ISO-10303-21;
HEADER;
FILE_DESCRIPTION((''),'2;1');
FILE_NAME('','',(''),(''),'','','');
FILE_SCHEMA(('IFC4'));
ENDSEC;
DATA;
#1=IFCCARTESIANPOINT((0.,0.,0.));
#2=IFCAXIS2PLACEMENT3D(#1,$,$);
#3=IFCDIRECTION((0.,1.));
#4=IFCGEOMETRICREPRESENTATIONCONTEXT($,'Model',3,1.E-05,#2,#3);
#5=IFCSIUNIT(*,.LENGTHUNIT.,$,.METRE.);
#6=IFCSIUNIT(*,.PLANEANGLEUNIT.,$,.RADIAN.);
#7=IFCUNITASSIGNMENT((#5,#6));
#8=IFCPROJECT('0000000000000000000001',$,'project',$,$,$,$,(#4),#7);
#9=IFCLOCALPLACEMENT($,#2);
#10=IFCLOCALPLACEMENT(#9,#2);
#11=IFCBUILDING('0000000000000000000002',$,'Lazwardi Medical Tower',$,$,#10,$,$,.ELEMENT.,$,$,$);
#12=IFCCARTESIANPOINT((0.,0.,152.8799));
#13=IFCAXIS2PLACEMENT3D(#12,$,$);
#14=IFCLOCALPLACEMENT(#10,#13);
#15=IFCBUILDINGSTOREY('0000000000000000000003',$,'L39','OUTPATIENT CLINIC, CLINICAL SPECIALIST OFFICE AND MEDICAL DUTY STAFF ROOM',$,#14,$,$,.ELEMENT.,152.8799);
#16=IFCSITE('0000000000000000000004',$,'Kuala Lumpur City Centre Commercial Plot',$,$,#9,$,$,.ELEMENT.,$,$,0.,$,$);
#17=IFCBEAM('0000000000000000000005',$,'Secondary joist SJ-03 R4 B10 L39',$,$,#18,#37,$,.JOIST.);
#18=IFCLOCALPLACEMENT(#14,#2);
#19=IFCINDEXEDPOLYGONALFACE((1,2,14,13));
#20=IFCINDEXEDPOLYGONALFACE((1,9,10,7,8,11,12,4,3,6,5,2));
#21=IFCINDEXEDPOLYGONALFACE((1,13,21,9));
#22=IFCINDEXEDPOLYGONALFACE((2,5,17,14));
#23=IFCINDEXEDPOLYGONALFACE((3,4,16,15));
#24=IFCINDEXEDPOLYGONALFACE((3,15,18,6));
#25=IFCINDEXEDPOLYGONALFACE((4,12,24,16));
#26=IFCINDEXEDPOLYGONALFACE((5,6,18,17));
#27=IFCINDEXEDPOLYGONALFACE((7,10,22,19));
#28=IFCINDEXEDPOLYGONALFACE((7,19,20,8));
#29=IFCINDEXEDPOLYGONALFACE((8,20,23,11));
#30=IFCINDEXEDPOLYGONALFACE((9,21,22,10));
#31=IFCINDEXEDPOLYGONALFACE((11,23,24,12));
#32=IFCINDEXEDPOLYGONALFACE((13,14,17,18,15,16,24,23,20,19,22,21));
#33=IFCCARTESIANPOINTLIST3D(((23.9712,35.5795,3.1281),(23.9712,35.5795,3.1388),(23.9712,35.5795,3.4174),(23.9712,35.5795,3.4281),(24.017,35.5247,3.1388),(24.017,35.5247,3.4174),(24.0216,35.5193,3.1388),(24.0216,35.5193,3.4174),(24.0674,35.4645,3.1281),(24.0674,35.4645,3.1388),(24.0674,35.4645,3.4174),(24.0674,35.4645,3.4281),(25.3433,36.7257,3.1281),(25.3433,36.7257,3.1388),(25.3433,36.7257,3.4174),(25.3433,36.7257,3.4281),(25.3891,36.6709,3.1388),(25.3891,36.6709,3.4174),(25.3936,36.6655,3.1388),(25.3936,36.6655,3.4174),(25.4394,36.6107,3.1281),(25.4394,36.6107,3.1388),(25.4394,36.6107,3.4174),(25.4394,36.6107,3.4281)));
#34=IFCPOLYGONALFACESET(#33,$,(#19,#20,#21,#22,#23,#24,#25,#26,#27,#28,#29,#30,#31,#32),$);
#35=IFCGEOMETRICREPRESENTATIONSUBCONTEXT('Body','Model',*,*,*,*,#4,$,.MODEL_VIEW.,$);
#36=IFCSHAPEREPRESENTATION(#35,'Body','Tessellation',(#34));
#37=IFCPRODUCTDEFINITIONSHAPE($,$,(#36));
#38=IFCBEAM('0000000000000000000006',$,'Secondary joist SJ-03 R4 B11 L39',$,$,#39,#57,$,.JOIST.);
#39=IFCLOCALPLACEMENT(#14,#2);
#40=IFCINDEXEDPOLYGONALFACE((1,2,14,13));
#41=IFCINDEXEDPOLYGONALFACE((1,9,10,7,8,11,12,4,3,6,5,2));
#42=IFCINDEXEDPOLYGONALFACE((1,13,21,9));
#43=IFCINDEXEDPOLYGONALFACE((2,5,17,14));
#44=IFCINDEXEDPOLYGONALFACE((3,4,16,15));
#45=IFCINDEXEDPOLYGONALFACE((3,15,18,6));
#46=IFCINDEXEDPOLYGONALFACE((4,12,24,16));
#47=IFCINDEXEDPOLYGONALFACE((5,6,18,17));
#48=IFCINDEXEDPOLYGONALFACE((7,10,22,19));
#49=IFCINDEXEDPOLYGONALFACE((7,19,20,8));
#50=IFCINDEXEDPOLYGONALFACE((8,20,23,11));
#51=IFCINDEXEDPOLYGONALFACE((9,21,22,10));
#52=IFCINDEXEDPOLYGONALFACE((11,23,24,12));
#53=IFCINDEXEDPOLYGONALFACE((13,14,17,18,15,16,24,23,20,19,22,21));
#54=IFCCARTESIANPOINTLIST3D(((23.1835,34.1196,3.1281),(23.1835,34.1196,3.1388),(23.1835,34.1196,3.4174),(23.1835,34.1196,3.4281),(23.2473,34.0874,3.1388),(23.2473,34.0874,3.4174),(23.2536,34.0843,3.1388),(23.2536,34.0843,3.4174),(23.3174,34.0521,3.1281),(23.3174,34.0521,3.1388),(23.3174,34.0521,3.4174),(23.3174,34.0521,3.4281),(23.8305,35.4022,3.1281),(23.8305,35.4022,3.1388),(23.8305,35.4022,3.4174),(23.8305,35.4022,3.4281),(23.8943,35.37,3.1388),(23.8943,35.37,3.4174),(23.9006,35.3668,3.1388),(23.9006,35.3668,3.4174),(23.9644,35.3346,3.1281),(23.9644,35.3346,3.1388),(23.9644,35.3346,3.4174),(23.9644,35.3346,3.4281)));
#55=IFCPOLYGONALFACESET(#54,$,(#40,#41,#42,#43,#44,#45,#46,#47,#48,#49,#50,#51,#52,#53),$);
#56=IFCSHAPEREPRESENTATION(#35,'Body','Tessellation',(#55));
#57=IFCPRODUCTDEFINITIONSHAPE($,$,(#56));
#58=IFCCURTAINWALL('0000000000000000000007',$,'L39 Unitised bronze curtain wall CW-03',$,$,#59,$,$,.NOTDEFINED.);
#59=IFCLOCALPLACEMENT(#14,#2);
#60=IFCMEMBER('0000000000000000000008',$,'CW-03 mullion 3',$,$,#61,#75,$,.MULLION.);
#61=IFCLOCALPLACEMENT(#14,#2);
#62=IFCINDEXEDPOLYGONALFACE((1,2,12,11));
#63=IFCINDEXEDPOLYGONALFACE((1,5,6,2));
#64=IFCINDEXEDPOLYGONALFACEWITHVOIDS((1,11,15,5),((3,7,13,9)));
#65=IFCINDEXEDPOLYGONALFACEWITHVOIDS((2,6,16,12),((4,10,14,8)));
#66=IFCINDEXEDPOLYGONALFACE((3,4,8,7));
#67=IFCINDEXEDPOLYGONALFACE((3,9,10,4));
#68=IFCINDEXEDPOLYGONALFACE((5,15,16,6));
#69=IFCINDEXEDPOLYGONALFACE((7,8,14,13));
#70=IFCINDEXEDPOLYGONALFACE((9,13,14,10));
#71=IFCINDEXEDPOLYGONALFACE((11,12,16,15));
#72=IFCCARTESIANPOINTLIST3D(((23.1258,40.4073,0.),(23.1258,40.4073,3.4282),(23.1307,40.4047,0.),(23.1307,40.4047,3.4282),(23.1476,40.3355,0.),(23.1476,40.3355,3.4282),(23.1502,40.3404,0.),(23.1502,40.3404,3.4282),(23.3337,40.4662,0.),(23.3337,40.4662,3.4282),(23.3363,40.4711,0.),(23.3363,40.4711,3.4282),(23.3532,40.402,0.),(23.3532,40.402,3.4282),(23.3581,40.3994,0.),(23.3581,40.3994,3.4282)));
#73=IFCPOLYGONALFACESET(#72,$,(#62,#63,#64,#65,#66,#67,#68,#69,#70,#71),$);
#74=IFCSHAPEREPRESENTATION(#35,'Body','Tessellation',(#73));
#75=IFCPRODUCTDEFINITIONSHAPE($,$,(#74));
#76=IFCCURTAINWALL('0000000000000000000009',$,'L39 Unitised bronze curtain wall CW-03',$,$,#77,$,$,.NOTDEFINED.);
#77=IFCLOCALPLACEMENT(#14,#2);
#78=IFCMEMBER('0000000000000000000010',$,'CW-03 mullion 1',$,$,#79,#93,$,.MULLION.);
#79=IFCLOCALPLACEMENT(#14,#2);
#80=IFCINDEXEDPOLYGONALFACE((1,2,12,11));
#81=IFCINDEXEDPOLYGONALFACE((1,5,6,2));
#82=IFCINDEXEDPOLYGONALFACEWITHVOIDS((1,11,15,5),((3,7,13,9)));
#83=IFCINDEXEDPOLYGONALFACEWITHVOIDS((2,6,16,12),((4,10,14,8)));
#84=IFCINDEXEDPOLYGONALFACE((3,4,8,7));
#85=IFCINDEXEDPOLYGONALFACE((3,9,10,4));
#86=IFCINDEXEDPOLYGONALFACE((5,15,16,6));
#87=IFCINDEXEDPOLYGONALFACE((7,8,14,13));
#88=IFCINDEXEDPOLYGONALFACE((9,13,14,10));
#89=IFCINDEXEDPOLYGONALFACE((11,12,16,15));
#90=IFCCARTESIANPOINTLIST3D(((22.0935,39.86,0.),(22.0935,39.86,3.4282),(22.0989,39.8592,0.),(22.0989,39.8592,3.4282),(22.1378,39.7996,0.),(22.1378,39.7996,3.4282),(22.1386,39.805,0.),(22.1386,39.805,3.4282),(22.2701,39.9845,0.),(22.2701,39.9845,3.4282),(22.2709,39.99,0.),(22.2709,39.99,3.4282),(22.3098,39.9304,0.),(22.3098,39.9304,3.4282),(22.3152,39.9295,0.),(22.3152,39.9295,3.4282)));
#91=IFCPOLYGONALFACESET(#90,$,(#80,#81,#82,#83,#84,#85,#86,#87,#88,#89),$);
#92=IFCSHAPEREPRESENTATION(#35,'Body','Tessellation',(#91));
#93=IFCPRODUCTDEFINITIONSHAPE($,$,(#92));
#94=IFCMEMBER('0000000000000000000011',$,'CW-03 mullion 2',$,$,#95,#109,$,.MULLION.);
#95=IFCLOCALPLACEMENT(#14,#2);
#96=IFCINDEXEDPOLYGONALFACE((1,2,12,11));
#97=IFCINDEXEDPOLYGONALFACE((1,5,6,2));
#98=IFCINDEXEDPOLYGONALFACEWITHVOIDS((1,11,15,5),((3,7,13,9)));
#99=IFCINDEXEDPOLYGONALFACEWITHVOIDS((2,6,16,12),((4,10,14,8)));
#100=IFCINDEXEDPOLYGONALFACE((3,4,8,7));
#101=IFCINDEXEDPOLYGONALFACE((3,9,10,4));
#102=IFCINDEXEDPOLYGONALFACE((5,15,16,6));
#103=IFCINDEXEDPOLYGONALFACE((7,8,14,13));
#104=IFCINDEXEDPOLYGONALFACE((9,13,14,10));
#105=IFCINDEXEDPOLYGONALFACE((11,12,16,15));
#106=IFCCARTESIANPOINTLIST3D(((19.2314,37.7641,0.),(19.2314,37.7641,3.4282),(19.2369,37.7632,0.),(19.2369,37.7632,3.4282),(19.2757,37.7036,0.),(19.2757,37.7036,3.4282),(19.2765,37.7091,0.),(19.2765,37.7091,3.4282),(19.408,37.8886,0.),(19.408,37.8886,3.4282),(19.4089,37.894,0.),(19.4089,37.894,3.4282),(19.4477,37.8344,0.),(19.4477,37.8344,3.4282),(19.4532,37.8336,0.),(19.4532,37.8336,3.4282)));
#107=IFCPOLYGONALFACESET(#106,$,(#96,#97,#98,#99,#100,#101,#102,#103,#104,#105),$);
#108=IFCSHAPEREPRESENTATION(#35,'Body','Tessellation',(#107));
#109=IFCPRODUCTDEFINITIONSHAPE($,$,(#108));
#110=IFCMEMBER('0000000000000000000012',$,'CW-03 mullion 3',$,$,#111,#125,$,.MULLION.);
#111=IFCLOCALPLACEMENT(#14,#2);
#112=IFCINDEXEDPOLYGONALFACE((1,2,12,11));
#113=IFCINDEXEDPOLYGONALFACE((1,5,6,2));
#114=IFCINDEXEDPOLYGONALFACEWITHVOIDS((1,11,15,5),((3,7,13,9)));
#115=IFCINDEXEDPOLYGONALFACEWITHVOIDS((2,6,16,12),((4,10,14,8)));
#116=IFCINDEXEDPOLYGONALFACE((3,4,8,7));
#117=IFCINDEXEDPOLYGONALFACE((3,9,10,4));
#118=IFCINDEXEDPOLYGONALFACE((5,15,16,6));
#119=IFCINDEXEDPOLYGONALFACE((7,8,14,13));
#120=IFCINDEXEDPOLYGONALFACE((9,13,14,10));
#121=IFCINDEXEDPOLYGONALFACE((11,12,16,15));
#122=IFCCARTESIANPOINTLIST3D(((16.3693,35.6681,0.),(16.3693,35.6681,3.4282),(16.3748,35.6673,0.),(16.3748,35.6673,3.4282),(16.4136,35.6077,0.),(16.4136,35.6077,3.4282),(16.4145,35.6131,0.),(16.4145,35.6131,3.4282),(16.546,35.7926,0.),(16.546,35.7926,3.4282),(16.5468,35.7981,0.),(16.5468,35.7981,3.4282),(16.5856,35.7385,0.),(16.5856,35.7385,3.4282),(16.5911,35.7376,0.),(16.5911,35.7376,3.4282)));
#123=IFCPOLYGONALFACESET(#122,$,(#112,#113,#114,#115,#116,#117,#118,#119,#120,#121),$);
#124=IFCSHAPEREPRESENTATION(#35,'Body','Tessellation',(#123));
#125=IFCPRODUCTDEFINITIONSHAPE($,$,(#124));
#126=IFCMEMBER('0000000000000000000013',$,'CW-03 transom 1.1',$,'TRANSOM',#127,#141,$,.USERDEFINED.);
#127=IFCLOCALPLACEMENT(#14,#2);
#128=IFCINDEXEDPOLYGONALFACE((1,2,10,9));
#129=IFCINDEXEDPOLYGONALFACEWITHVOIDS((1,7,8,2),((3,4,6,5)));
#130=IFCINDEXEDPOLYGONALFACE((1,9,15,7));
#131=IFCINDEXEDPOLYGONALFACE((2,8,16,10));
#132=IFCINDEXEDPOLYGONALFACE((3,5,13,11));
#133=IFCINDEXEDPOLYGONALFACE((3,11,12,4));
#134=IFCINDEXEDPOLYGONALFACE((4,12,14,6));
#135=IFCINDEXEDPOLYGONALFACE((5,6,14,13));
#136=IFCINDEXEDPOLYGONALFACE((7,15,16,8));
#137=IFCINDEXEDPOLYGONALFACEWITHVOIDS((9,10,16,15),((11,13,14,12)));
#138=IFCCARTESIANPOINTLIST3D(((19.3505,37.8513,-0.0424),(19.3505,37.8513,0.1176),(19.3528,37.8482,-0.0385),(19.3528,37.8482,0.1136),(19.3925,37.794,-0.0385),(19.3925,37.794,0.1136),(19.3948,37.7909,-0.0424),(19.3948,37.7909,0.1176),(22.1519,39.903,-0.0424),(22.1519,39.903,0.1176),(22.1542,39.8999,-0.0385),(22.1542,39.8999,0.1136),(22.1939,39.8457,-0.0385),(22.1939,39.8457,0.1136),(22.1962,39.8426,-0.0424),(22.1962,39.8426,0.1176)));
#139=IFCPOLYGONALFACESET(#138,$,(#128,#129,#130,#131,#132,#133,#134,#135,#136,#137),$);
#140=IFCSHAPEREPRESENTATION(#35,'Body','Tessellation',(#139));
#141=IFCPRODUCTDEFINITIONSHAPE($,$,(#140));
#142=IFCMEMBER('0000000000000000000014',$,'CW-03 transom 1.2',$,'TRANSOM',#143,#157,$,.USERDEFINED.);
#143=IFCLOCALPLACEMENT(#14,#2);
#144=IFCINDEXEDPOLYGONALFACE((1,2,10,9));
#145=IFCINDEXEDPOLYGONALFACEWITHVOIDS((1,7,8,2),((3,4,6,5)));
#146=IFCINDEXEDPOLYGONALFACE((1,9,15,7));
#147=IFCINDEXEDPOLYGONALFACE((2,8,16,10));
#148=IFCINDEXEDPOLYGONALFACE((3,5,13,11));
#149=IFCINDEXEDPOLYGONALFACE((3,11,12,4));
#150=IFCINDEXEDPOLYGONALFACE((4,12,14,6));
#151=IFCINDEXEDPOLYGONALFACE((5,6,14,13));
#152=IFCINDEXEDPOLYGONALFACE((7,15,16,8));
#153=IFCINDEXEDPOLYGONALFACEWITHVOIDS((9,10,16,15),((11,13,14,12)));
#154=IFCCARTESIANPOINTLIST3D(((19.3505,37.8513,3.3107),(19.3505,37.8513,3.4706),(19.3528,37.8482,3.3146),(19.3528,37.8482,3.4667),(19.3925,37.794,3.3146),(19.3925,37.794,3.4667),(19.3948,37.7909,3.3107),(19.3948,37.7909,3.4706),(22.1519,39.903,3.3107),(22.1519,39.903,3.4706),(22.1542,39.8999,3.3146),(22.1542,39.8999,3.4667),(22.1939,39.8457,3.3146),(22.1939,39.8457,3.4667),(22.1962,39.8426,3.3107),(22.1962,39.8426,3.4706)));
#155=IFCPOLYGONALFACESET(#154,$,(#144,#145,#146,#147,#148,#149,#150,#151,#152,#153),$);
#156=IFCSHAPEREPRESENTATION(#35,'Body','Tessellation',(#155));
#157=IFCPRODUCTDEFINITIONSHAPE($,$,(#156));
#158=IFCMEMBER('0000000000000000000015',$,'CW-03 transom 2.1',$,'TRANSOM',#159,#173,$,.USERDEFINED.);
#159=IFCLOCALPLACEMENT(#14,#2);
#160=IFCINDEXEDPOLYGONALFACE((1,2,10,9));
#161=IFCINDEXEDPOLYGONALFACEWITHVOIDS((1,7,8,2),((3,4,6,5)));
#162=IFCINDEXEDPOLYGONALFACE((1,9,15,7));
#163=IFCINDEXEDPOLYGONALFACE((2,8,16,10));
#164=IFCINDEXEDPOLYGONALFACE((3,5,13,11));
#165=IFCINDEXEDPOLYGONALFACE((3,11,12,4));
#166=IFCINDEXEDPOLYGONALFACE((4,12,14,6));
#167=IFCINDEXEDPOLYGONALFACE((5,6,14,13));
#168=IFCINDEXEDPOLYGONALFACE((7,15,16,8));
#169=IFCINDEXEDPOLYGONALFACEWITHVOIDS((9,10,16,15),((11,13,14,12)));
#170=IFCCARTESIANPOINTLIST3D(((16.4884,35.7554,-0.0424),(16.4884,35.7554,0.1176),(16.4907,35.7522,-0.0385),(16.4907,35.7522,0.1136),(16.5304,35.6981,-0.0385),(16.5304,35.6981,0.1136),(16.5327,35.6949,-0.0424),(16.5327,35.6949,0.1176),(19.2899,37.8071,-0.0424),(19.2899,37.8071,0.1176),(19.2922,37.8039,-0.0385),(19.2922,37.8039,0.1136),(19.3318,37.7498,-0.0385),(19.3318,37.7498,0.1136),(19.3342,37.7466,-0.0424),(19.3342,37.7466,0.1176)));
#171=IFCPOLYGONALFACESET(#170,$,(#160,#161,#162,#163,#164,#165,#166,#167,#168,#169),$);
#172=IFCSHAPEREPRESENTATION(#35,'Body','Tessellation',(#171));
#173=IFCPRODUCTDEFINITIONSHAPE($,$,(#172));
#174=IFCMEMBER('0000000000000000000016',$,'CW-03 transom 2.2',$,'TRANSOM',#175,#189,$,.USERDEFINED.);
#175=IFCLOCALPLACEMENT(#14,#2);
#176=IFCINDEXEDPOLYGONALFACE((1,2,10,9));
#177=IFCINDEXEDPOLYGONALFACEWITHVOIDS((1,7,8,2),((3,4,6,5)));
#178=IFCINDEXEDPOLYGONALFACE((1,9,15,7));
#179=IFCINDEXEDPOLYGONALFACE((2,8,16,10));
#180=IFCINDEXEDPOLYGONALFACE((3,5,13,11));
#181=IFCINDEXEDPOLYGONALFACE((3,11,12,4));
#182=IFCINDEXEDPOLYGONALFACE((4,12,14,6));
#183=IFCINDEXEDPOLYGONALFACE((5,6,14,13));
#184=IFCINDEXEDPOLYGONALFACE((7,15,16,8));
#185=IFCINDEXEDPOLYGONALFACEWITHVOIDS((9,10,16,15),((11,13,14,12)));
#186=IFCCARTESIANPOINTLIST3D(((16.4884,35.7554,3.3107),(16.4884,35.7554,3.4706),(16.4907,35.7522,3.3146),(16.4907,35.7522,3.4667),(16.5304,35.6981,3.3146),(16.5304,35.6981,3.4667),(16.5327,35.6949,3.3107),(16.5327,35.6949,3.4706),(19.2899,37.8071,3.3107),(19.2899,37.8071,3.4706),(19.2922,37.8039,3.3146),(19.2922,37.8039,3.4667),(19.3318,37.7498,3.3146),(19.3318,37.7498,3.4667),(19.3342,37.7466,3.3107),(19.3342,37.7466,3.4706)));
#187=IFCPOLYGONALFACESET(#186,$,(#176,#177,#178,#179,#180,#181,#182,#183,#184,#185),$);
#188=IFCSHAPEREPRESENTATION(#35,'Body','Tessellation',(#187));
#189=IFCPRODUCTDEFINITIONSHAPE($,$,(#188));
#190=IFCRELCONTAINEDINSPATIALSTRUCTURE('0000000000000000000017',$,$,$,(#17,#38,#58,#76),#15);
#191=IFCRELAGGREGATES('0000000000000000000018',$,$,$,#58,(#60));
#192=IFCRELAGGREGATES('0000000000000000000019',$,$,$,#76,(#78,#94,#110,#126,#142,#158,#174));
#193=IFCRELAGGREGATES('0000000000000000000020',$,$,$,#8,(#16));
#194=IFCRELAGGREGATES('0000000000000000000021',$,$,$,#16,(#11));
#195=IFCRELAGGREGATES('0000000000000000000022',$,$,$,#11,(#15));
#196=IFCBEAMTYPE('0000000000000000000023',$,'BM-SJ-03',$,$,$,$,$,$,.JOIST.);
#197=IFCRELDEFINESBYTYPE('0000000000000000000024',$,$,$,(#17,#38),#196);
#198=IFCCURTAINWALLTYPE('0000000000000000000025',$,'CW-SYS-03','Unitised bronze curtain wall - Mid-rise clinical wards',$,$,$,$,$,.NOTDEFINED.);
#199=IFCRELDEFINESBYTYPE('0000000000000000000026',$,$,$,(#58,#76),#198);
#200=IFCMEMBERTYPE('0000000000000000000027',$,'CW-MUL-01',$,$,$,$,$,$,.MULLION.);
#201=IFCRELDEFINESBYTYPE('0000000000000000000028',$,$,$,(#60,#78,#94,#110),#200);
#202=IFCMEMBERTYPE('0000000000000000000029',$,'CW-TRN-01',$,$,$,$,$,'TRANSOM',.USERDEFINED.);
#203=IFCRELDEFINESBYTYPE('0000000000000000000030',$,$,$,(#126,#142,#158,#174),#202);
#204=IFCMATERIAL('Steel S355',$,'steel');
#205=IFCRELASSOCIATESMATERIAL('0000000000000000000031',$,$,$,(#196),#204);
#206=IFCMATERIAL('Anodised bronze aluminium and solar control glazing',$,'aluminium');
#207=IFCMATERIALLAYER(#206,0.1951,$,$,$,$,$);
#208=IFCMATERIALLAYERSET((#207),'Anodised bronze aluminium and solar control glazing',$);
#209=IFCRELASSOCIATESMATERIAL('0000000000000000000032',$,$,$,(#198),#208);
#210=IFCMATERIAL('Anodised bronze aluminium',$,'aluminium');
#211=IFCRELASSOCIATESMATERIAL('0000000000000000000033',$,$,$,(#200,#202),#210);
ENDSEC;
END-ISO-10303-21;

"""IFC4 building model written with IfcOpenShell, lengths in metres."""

from ifc_helpers import new_model, si_unit, direction, frame, origin, origin_2d, place, context, subcontext, project, spatial, hollow_rectangle, i_section, extrude, material, layer, layer_set, material_profile, profile_set, type_object, element, aggregate, save


model = new_model("IFC4")

# Units and contexts
model_context = context("Model", 3, precision=1e-05, world=origin(), true_north=direction((0.0, 1.0)))
body_context = subcontext(model_context, "Body", "Model", "MODEL_VIEW")
ifc_project = project(units=[si_unit("LENGTHUNIT", "METRE"), si_unit("PLANEANGLEUNIT", "RADIAN")], contexts=[model_context])

# Site, building, storey
site_placement = place(None, origin())
site = spatial("IfcSite", under=ifc_project, at=site_placement, Name="Kuala Lumpur City Centre Commercial Plot", CompositionType="ELEMENT", RefElevation=0.0)
building_placement = place(site_placement, origin())
building = spatial("IfcBuilding", under=site, at=building_placement, Name="Lazwardi Medical Tower", CompositionType="ELEMENT")
storey_placement = place(building_placement, frame((0.0, 0.0, 152.8799)))
storey = spatial("IfcBuildingStorey", under=building, at=storey_placement, Name="L39", Description="OUTPATIENT CLINIC, CLINICAL SPECIALIST OFFICE AND MEDICAL DUTY STAFF ROOM", CompositionType="ELEMENT", Elevation=152.8799)

# Beams
ifc_material_1 = material(Name="Steel S355", Category="steel")
ifc_material_profile_1 = material_profile(ifc_material_1, i_section(OverallWidth=0.1499, OverallDepth=0.3, WebThickness=0.0071, FlangeThickness=0.0107, at=origin_2d()), Name="IPE 300")
ifc_profile_set_1 = profile_set([ifc_material_profile_1], Name="Steel S355")
beam_type_1 = type_object("IfcBeamType", Name="BM-SJ-03", PredefinedType="JOIST", material=ifc_profile_set_1)
beam_1_placement = place(storey_placement, frame((25.3914, 36.6682, 3.2781), z_axis=(-0.767437, -0.641124, 0.0), x_axis=(0.641124, -0.767437, 0.0)))
element("IfcBeam", 1, at=beam_1_placement, inside=storey, type_object=beam_type_1, Name="Secondary joist SJ-03 R4 B10 L39", PredefinedType="JOIST", context=body_context, shape_type="SweptSolid", body=[
    extrude(i_section(OverallWidth=0.1499, OverallDepth=0.3, WebThickness=0.0071, FlangeThickness=0.0107, at=origin_2d()), origin(), (0.0, 0.0, 1.0), 1.7878),
])
beam_2_placement = place(storey_placement, frame((23.8975, 35.3684, 3.2781), z_axis=(-0.450406, -0.892824, 0.0), x_axis=(0.892824, -0.450406, 0.0)))
element("IfcBeam", 2, at=beam_2_placement, inside=storey, type_object=beam_type_1, Name="Secondary joist SJ-03 R4 B11 L39", PredefinedType="JOIST", context=body_context, shape_type="SweptSolid", body=[
    extrude(i_section(OverallWidth=0.1499, OverallDepth=0.3, WebThickness=0.0071, FlangeThickness=0.0107, at=origin_2d()), origin(), (0.0, 0.0, 1.0), 1.4365),
])

# Curtain wall, member
ifc_material_2 = material(Name="Anodised bronze aluminium and solar control glazing", Category="aluminium")
ifc_layer_1 = layer(ifc_material_2, 0.1951)
ifc_layer_set_1 = layer_set([ifc_layer_1], Name="Anodised bronze aluminium and solar control glazing")
curtain_wall_type = type_object("IfcCurtainWallType", Name="CW-SYS-03", Description="Unitised bronze curtain wall - Mid-rise clinical wards", PredefinedType="NOTDEFINED", material=ifc_layer_set_1)
curtain_wall_1_placement = place(storey_placement, origin())
curtain_wall_1 = element("IfcCurtainWall", 3, at=curtain_wall_1_placement, inside=storey, type_object=curtain_wall_type, Name="L39 Unitised bronze curtain wall CW-03", PredefinedType="NOTDEFINED")
ifc_material_3 = material(Name="Anodised bronze aluminium", Category="aluminium")
ifc_material_profile_2 = material_profile(ifc_material_3, hollow_rectangle(XDim=0.075, YDim=0.22, WallThickness=0.0039, at=origin_2d()), Name="ALU-MULLION 220x75x4")
ifc_profile_set_2 = profile_set([ifc_material_profile_2], Name="Anodised bronze aluminium")
member_type_1 = type_object("IfcMemberType", Name="CW-MUL-01", PredefinedType="MULLION", material=ifc_profile_set_2)
member_1_placement = place(storey_placement, frame((23.2419, 40.4033, 0.0), z_axis=(0.0, 0.0, 1.0), x_axis=(0.290281, -0.956942, 0.0)))
member_1 = element("IfcMember", 4, at=member_1_placement, type_object=member_type_1, Name="CW-03 mullion 3", PredefinedType="MULLION", context=body_context, shape_type="SweptSolid", body=[
    extrude(hollow_rectangle(XDim=0.075, YDim=0.22, WallThickness=0.0039, at=origin_2d()), origin(), (0.0, 0.0, 1.0), 3.4282),
])

# Curtain wall, members
curtain_wall_2_placement = place(storey_placement, origin())
curtain_wall_2 = element("IfcCurtainWall", 5, at=curtain_wall_2_placement, inside=storey, type_object=curtain_wall_type, Name="L39 Unitised bronze curtain wall CW-03", PredefinedType="NOTDEFINED")
member_2_placement = place(storey_placement, frame((22.2043, 39.8948, 0.0), z_axis=(0.0, 0.0, 1.0), x_axis=(0.590834, -0.806793, 0.0)))
member_2 = element("IfcMember", 6, at=member_2_placement, type_object=member_type_1, Name="CW-03 mullion 1", PredefinedType="MULLION", context=body_context, shape_type="SweptSolid", body=[
    extrude(hollow_rectangle(XDim=0.075, YDim=0.22, WallThickness=0.0039, at=origin_2d()), origin(), (0.0, 0.0, 1.0), 3.4282),
])
member_3_placement = place(storey_placement, frame((19.3423, 37.7988, 0.0), z_axis=(0.0, 0.0, 1.0), x_axis=(0.590834, -0.806793, 0.0)))
member_3 = element("IfcMember", 7, at=member_3_placement, type_object=member_type_1, Name="CW-03 mullion 2", PredefinedType="MULLION", context=body_context, shape_type="SweptSolid", body=[
    extrude(hollow_rectangle(XDim=0.075, YDim=0.22, WallThickness=0.0039, at=origin_2d()), origin(), (0.0, 0.0, 1.0), 3.4282),
])
member_4_placement = place(storey_placement, frame((16.4802, 35.7029, 0.0), z_axis=(0.0, 0.0, 1.0), x_axis=(0.590834, -0.806793, 0.0)))
member_4 = element("IfcMember", 8, at=member_4_placement, type_object=member_type_1, Name="CW-03 mullion 3", PredefinedType="MULLION", context=body_context, shape_type="SweptSolid", body=[
    extrude(hollow_rectangle(XDim=0.075, YDim=0.22, WallThickness=0.0039, at=origin_2d()), origin(), (0.0, 0.0, 1.0), 3.4282),
])
ifc_material_profile_3 = material_profile(ifc_material_3, hollow_rectangle(XDim=0.075, YDim=0.1599, WallThickness=0.0039, at=origin_2d()), Name="ALU-TRANSOM 160x75x4")
ifc_profile_set_3 = profile_set([ifc_material_profile_3], Name="Anodised bronze aluminium")
member_type_2 = type_object("IfcMemberType", Name="CW-TRN-01", ElementType="TRANSOM", PredefinedType="USERDEFINED", material=ifc_profile_set_3)
member_5_placement = place(storey_placement, frame((22.1741, 39.8728, 0.0376), z_axis=(-0.806774, -0.590861, 0.0), x_axis=(0.590861, -0.806774, 0.0)))
member_5 = element("IfcMember", 9, at=member_5_placement, type_object=member_type_2, Name="CW-03 transom 1.1", ObjectType="TRANSOM", PredefinedType="USERDEFINED", context=body_context, shape_type="SweptSolid", body=[
    extrude(hollow_rectangle(XDim=0.075, YDim=0.1599, WallThickness=0.0039, at=origin_2d()), origin(), (0.0, 0.0, 1.0), 3.4724),
])
member_6_placement = place(storey_placement, frame((22.1741, 39.8728, 3.3906), z_axis=(-0.806774, -0.590861, 0.0), x_axis=(0.590861, -0.806774, 0.0)))
member_6 = element("IfcMember", 10, at=member_6_placement, type_object=member_type_2, Name="CW-03 transom 1.2", ObjectType="TRANSOM", PredefinedType="USERDEFINED", context=body_context, shape_type="SweptSolid", body=[
    extrude(hollow_rectangle(XDim=0.075, YDim=0.1599, WallThickness=0.0039, at=origin_2d()), origin(), (0.0, 0.0, 1.0), 3.4724),
])
member_7_placement = place(storey_placement, frame((19.312, 37.7769, 0.0376), z_axis=(-0.806774, -0.590861, 0.0), x_axis=(0.590861, -0.806774, 0.0)))
member_7 = element("IfcMember", 11, at=member_7_placement, type_object=member_type_2, Name="CW-03 transom 2.1", ObjectType="TRANSOM", PredefinedType="USERDEFINED", context=body_context, shape_type="SweptSolid", body=[
    extrude(hollow_rectangle(XDim=0.075, YDim=0.1599, WallThickness=0.0039, at=origin_2d()), origin(), (0.0, 0.0, 1.0), 3.4724),
])
member_8_placement = place(storey_placement, frame((19.312, 37.7769, 3.3906), z_axis=(-0.806774, -0.590861, 0.0), x_axis=(0.590861, -0.806774, 0.0)))
member_8 = element("IfcMember", 12, at=member_8_placement, type_object=member_type_2, Name="CW-03 transom 2.2", ObjectType="TRANSOM", PredefinedType="USERDEFINED", context=body_context, shape_type="SweptSolid", body=[
    extrude(hollow_rectangle(XDim=0.075, YDim=0.1599, WallThickness=0.0039, at=origin_2d()), origin(), (0.0, 0.0, 1.0), 3.4724),
])

aggregate(curtain_wall_1, [member_1])
aggregate(curtain_wall_2, [member_2, member_3, member_4, member_5, member_6, member_7, member_8])

save(model, "model.ifc")
